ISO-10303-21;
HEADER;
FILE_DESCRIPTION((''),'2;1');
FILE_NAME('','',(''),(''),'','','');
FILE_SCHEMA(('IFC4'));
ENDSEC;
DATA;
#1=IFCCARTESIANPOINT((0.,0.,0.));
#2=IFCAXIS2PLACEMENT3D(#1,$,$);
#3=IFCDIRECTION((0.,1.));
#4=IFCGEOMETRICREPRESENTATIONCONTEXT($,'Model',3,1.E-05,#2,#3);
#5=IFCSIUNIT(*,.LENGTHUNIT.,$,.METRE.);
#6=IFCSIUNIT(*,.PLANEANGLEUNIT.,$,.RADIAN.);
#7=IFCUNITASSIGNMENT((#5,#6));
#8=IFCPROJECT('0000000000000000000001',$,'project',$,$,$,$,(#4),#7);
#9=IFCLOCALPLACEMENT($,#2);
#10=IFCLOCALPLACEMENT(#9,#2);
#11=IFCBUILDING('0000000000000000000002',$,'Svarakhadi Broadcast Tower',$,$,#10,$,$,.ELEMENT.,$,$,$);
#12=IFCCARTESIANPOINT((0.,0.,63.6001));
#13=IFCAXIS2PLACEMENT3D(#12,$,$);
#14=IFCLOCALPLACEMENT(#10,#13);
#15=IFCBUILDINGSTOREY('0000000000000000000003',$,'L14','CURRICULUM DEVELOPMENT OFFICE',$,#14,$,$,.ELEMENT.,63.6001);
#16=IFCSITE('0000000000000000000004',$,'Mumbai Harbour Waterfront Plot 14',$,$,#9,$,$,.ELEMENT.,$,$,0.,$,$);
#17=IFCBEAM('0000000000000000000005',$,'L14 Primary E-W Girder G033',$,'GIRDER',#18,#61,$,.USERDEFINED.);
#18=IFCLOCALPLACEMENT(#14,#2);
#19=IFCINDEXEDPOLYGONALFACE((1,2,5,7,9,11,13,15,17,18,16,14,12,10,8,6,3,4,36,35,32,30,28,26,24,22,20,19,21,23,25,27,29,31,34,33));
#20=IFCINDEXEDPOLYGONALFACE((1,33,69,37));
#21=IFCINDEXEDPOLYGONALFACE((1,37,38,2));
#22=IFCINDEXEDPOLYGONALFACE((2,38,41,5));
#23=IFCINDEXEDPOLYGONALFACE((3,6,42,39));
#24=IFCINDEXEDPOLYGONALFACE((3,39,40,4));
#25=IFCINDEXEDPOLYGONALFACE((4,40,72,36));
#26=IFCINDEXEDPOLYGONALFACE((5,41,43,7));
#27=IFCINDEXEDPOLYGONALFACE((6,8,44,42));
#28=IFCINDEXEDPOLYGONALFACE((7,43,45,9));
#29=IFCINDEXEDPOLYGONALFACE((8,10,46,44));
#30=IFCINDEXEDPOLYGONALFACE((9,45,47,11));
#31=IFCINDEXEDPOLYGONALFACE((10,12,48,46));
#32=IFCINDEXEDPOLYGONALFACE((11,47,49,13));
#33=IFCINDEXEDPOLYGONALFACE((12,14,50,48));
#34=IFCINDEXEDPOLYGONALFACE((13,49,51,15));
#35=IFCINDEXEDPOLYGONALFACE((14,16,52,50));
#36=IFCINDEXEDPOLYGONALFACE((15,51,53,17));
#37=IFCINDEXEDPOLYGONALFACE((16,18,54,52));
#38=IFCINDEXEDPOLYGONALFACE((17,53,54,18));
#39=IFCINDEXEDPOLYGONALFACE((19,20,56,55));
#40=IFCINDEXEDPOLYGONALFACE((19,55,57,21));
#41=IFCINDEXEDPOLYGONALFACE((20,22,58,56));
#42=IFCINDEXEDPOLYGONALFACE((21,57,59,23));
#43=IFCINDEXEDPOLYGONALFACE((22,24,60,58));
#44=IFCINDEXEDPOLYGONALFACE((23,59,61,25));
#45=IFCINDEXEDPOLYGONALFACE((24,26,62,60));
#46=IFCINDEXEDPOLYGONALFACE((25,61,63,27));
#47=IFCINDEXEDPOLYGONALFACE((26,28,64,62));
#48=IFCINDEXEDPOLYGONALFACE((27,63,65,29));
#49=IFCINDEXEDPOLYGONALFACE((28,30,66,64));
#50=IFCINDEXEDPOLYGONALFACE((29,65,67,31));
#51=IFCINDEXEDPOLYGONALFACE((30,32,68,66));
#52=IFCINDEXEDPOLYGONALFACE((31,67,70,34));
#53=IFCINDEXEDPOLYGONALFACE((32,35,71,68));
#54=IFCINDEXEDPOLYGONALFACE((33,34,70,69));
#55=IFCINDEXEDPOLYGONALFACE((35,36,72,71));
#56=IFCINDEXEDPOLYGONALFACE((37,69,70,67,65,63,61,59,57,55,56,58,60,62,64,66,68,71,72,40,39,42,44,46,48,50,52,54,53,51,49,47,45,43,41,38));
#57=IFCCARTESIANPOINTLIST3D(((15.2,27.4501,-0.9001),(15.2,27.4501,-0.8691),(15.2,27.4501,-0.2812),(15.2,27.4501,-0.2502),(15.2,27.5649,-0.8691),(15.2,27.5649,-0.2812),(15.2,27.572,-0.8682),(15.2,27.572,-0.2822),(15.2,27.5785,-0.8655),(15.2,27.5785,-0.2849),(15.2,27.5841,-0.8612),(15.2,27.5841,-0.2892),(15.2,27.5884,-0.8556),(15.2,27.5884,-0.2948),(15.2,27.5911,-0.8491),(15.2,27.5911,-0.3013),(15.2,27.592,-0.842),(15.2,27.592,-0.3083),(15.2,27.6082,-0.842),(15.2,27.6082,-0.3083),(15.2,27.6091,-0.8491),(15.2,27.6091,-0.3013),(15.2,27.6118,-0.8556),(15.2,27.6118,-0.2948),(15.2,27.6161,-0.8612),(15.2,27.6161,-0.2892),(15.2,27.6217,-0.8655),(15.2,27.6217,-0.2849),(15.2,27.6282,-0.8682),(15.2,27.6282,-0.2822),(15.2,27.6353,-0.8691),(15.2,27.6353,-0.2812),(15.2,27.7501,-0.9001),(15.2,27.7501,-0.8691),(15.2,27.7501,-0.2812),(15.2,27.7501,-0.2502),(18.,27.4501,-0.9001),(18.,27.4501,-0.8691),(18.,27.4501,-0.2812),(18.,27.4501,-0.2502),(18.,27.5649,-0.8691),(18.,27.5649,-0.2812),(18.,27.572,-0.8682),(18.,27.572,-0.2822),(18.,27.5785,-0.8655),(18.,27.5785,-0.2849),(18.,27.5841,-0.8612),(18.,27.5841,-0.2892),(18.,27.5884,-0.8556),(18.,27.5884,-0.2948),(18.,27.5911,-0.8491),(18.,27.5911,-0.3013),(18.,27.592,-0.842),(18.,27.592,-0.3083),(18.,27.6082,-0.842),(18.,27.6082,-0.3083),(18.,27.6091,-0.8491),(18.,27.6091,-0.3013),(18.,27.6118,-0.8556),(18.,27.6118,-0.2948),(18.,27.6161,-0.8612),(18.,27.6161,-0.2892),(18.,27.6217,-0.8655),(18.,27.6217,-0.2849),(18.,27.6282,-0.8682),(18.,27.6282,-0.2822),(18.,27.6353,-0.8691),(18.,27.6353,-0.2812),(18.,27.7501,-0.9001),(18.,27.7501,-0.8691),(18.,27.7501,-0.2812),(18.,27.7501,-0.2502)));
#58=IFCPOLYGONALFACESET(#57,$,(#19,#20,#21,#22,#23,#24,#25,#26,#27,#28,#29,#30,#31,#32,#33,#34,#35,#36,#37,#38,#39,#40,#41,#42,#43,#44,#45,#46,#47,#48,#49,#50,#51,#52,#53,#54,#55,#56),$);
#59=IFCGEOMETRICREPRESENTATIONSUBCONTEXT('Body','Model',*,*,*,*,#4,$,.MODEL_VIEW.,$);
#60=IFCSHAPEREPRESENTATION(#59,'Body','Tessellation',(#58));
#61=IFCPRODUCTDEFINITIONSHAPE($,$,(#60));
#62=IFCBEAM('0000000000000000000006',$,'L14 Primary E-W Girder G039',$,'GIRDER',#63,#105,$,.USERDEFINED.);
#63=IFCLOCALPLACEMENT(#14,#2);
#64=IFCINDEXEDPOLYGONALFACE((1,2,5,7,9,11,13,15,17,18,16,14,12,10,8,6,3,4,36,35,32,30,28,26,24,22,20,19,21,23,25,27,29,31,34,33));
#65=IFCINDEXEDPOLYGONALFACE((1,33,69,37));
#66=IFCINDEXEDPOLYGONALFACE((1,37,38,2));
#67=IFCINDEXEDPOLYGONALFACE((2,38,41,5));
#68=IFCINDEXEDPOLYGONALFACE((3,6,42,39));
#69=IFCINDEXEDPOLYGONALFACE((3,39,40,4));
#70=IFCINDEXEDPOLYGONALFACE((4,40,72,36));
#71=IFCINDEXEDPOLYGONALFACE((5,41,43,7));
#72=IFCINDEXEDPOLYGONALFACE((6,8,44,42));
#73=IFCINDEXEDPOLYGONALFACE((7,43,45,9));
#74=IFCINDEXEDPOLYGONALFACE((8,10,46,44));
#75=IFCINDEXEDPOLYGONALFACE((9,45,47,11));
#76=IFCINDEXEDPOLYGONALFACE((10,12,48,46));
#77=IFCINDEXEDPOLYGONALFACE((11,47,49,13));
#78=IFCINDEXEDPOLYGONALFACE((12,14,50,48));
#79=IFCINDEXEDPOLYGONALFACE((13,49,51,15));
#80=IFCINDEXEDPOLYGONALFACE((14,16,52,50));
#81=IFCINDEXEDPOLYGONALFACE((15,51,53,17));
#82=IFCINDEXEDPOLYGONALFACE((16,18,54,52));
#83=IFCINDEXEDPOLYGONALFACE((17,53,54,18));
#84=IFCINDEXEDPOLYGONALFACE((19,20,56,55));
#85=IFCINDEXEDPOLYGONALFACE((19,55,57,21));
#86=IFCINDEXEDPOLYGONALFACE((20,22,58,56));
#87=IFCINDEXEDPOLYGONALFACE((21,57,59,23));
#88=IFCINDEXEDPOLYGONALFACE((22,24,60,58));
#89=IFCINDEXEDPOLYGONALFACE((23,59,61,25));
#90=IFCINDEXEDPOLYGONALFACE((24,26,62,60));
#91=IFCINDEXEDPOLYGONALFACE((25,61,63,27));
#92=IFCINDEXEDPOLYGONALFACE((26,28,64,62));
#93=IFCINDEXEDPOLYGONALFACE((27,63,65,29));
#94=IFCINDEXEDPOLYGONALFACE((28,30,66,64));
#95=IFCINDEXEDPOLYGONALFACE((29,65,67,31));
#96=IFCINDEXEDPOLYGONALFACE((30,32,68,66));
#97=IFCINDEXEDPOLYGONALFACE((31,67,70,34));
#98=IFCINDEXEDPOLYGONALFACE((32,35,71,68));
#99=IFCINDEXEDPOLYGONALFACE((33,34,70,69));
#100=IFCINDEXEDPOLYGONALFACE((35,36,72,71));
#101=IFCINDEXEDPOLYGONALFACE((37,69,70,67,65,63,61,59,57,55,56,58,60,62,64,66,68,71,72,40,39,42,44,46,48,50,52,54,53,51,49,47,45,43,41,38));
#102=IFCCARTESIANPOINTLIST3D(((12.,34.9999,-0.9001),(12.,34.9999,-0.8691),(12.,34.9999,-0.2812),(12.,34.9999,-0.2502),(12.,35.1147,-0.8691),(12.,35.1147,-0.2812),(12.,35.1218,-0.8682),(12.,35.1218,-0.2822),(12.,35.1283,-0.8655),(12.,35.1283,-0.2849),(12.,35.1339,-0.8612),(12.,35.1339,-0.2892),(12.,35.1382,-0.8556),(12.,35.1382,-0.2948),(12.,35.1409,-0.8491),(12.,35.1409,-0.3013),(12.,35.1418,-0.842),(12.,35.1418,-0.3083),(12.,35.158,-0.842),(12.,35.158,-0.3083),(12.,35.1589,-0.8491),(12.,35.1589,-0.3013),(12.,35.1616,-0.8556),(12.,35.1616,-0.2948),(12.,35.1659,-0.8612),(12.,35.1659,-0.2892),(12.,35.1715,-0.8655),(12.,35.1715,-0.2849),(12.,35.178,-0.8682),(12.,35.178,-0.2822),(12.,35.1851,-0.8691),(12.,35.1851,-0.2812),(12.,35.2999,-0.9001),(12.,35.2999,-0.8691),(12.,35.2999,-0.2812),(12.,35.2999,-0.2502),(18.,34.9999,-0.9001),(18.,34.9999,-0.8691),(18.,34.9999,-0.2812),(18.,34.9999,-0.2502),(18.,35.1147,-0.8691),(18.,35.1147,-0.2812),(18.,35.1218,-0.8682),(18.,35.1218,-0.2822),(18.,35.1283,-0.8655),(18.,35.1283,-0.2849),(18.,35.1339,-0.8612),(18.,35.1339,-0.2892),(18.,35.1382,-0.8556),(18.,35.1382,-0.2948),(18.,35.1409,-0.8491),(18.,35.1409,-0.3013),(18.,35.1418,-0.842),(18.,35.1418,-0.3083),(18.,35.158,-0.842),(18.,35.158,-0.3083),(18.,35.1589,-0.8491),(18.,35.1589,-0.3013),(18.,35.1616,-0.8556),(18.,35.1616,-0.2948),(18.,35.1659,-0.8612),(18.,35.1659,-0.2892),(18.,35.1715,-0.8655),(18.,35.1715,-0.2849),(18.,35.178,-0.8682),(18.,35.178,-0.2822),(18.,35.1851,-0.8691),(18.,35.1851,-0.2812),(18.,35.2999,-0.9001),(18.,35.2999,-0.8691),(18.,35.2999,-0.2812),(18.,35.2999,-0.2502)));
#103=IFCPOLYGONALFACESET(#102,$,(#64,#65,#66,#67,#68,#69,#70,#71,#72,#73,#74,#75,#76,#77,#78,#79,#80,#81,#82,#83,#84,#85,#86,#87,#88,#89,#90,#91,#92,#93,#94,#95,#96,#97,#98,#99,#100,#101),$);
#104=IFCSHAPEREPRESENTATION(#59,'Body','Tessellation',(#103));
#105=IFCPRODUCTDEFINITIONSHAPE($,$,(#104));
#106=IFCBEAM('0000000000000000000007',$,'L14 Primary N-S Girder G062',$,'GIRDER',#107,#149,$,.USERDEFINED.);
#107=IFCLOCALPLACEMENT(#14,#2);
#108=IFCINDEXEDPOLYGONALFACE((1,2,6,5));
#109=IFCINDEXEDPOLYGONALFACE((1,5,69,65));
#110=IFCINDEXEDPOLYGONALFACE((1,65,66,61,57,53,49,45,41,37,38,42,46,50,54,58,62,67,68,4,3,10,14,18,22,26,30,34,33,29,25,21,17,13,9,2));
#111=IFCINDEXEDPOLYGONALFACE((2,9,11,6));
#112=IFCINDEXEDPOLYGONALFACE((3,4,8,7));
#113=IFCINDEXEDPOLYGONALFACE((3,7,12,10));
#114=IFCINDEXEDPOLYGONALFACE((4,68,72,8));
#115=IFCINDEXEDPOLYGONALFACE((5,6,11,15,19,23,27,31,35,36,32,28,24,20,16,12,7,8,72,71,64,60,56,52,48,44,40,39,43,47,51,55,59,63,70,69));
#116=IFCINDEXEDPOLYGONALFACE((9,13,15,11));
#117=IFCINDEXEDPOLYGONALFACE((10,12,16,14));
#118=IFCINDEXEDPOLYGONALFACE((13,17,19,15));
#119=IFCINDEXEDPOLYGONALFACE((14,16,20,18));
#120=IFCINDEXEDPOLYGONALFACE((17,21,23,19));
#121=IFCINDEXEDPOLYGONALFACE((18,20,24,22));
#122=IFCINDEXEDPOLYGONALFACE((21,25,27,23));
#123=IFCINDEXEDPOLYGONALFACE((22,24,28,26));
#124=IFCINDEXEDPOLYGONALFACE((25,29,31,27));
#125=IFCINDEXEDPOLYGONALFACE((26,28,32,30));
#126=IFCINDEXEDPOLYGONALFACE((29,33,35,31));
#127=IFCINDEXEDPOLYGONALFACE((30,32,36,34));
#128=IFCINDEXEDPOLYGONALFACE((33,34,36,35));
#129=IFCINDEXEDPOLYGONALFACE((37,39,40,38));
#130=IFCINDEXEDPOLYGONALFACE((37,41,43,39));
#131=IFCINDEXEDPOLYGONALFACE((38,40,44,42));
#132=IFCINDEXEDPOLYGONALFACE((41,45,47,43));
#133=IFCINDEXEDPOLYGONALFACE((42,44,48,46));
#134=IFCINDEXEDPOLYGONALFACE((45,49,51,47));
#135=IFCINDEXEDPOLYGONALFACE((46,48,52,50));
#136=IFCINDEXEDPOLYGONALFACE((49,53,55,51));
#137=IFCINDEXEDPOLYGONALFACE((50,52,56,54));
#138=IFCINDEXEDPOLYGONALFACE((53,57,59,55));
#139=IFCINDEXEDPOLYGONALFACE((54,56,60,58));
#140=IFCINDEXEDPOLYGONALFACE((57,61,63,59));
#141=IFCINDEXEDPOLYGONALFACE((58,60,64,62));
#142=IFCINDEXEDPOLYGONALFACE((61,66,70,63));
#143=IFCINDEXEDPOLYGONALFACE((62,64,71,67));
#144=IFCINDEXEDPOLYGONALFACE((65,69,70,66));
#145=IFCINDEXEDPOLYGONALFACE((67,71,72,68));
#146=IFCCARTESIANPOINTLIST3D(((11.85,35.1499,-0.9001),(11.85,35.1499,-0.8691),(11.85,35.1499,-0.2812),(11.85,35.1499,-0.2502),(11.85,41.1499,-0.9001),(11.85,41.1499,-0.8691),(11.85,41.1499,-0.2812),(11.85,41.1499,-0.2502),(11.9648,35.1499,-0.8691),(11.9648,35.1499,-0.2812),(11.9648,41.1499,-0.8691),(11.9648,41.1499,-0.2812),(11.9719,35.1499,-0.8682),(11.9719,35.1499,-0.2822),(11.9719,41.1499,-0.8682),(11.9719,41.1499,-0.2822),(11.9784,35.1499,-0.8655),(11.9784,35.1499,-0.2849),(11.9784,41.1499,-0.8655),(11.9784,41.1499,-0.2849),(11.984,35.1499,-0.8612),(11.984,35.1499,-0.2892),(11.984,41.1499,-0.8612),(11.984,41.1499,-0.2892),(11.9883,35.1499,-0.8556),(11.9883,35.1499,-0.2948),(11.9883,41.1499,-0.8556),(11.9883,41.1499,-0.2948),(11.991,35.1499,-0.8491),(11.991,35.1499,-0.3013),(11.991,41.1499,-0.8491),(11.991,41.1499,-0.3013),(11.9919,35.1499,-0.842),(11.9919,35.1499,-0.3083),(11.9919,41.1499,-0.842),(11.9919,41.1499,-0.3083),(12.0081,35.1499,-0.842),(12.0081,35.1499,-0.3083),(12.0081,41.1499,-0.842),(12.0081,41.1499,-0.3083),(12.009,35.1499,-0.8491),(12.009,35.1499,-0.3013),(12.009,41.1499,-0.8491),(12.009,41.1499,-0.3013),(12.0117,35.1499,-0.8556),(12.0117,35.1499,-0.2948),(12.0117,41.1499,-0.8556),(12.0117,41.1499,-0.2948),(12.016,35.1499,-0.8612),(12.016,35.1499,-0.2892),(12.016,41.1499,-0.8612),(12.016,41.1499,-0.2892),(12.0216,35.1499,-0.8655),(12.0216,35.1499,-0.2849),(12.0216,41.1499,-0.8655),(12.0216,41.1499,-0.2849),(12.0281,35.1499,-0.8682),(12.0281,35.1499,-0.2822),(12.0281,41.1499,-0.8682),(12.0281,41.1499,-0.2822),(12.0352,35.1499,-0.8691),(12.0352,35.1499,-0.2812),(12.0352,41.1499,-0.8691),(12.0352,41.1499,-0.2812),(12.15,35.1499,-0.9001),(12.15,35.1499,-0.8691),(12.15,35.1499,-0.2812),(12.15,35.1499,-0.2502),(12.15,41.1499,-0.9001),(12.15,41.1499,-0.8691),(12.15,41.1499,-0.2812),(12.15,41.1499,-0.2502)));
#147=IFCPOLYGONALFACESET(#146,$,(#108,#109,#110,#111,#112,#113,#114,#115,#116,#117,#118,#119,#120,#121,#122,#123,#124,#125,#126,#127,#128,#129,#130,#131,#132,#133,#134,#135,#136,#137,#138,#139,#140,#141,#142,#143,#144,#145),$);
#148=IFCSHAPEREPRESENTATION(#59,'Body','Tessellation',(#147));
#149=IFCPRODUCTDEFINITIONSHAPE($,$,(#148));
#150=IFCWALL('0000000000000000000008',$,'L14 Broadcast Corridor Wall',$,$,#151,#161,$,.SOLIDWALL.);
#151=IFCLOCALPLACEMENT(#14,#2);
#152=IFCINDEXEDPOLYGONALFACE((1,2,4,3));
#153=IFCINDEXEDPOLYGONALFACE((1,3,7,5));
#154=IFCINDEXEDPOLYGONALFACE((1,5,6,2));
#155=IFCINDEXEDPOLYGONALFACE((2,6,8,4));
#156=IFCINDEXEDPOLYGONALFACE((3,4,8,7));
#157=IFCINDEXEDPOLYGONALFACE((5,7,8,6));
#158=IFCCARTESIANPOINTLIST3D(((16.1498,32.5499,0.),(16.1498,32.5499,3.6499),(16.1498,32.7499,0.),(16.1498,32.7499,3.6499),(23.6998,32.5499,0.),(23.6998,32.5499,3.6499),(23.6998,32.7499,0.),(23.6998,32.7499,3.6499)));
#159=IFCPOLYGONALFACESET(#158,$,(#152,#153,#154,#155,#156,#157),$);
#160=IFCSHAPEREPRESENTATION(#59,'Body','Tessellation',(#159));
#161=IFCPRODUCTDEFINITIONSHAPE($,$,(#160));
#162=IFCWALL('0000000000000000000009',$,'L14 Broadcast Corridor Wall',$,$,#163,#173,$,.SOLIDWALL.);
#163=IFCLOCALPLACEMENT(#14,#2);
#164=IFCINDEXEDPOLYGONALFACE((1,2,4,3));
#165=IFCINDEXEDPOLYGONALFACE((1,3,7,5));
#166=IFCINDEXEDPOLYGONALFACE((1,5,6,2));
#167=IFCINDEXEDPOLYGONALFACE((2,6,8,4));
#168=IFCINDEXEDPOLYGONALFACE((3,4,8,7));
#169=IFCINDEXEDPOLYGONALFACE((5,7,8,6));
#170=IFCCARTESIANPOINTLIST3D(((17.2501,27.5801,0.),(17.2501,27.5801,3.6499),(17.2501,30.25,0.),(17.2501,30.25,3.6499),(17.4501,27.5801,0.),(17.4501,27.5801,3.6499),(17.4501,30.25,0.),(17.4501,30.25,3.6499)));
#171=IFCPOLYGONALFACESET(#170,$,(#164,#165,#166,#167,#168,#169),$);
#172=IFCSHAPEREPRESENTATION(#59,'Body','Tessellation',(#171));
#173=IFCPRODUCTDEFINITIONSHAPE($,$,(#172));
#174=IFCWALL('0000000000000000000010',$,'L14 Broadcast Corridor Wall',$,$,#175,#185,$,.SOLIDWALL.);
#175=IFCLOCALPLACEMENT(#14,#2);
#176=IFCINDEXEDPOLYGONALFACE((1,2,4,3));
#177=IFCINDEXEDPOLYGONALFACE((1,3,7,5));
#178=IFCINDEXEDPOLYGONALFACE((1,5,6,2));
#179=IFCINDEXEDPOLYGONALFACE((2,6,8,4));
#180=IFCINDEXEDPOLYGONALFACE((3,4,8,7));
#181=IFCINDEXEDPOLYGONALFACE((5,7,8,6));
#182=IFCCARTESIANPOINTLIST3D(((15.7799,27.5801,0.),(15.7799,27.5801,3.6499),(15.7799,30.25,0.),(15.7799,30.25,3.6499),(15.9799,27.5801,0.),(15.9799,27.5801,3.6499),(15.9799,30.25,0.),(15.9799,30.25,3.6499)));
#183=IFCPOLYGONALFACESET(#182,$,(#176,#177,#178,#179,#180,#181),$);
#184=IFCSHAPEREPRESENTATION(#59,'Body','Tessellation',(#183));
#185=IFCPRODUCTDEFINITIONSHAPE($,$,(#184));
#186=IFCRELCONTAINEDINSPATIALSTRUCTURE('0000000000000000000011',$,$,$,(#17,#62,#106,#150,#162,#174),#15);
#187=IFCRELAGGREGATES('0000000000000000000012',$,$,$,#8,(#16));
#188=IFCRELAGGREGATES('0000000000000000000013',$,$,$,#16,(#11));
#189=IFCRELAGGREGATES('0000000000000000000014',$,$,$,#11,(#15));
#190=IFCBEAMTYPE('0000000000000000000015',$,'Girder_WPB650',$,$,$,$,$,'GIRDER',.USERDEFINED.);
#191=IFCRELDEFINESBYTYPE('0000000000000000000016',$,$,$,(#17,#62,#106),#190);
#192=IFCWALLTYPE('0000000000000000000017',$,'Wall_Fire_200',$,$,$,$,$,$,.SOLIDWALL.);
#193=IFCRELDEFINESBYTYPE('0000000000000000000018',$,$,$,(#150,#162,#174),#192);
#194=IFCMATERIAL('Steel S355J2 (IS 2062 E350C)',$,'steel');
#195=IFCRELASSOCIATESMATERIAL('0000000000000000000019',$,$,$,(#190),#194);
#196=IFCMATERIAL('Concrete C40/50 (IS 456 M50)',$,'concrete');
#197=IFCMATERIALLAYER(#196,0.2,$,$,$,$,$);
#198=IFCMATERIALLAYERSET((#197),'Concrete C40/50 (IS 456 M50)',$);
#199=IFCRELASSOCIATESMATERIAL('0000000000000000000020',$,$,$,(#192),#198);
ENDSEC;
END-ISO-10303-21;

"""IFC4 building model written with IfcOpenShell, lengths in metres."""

from ifc_helpers import new_model, si_unit, direction, frame, frame_2d, origin, origin_2d, place, context, subcontext, project, spatial, rectangle, i_section, extrude, material, layer, layer_set, material_profile, profile_set, type_object, element, save


model = new_model("IFC4")

# Units and contexts
model_context = context("Model", 3, precision=1e-05, world=origin(), true_north=direction((0.0, 1.0)))
body_context = subcontext(model_context, "Body", "Model", "MODEL_VIEW")
ifc_project = project(units=[si_unit("LENGTHUNIT", "METRE"), si_unit("PLANEANGLEUNIT", "RADIAN")], contexts=[model_context])

# Site, building, storey
site_placement = place(None, origin())
site = spatial("IfcSite", under=ifc_project, at=site_placement, Name="Mumbai Harbour Waterfront Plot 14", CompositionType="ELEMENT", RefElevation=0.0)
building_placement = place(site_placement, origin())
building = spatial("IfcBuilding", under=site, at=building_placement, Name="Svarakhadi Broadcast Tower", CompositionType="ELEMENT")
storey_placement = place(building_placement, frame((0.0, 0.0, 63.6001)))
storey = spatial("IfcBuildingStorey", under=building, at=storey_placement, Name="L14", Description="CURRICULUM DEVELOPMENT OFFICE", CompositionType="ELEMENT", Elevation=63.6001)

# Beams
ifc_material_1 = material(Name="Steel S355J2 (IS 2062 E350C)", Category="steel")
ifc_material_profile_1 = material_profile(ifc_material_1, i_section(OverallWidth=0.3, OverallDepth=0.6499, WebThickness=0.0161, FlangeThickness=0.031, FilletRadius=0.0271, at=origin_2d()), Name="WPB 650x300x225")
ifc_profile_set_1 = profile_set([ifc_material_profile_1], Name="Steel S355J2 (IS 2062 E350C)")
beam_type_1 = type_object("IfcBeamType", Name="Girder_WPB650", ElementType="GIRDER", PredefinedType="USERDEFINED", material=ifc_profile_set_1)
beam_1_placement = place(storey_placement, frame((15.2, 27.6001, -0.5752), z_axis=(1.0, 0.0, 0.0), x_axis=(0.0, 1.0, 0.0)))
element("IfcBeam", 1, at=beam_1_placement, inside=storey, type_object=beam_type_1, Name="L14 Primary E-W Girder G033", ObjectType="GIRDER", PredefinedType="USERDEFINED", context=body_context, shape_type="SweptSolid", body=[
    extrude(i_section(OverallWidth=0.3, OverallDepth=0.6499, WebThickness=0.0161, FlangeThickness=0.031, FilletRadius=0.0271, at=origin_2d()), origin(), (0.0, 0.0, 1.0), 2.8),
])
for number, where, z_axis, x_axis, name in (
    (2, (12.0, 35.1499, -0.5752), (1.0, 0.0, 0.0), (0.0, 1.0, 0.0), "L14 Primary E-W Girder G039"),
    (3, (12.0, 35.1499, -0.5752), (0.0, 1.0, 0.0), (-1.0, 0.0, 0.0), "L14 Primary N-S Girder G062"),
):
    element("IfcBeam", number, at=place(storey_placement, frame(where, z_axis=z_axis, x_axis=x_axis)), inside=storey, type_object=beam_type_1, Name=name, ObjectType="GIRDER", PredefinedType="USERDEFINED", context=body_context, shape_type="SweptSolid", body=[
        extrude(i_section(OverallWidth=0.3, OverallDepth=0.6499, WebThickness=0.0161, FlangeThickness=0.031, FilletRadius=0.0271, at=origin_2d()), origin(), (0.0, 0.0, 1.0), 6.0),
    ])

# Shared definitions
ifc_material_2 = material(Name="Concrete C40/50 (IS 456 M50)", Category="concrete")
ifc_layer_1 = layer(ifc_material_2, 0.2)
ifc_layer_set_1 = layer_set([ifc_layer_1], Name="Concrete C40/50 (IS 456 M50)")
wall_type_1 = type_object("IfcWallType", Name="Wall_Fire_200", PredefinedType="SOLIDWALL", material=ifc_layer_set_1)

# Walls
wall_1_placement = place(storey_placement, frame((16.1499, 32.6499, 0.0), z_axis=(0.0, 0.0, 1.0), x_axis=(1.0, 0.0, 0.0)))
element("IfcWall", 4, at=wall_1_placement, inside=storey, type_object=wall_type_1, Name="L14 Broadcast Corridor Wall", PredefinedType="SOLIDWALL", context=body_context, shape_type="SweptSolid", body=[
    extrude(rectangle(XDim=7.55, YDim=0.2, at=frame_2d((3.7749, 0.0))), origin(), (0.0, 0.0, 1.0), 3.6499),
])
for number, where, z_axis, x_axis, name in (
    (5, (17.3501, 30.25, 0.0), (0.0, 0.0, 1.0), (0.0, -1.0, 0.0), "L14 Broadcast Corridor Wall"),
    (6, (15.8799, 27.5801, 0.0), (0.0, 0.0, 1.0), (0.0, 1.0, 0.0), "L14 Broadcast Corridor Wall"),
):
    element("IfcWall", number, at=place(storey_placement, frame(where, z_axis=z_axis, x_axis=x_axis)), inside=storey, type_object=wall_type_1, Name=name, PredefinedType="SOLIDWALL", context=body_context, shape_type="SweptSolid", body=[
        extrude(rectangle(XDim=2.6699, YDim=0.2, at=frame_2d((1.335, 0.0))), origin(), (0.0, 0.0, 1.0), 3.6499),
    ])

save(model, "model.ifc")
